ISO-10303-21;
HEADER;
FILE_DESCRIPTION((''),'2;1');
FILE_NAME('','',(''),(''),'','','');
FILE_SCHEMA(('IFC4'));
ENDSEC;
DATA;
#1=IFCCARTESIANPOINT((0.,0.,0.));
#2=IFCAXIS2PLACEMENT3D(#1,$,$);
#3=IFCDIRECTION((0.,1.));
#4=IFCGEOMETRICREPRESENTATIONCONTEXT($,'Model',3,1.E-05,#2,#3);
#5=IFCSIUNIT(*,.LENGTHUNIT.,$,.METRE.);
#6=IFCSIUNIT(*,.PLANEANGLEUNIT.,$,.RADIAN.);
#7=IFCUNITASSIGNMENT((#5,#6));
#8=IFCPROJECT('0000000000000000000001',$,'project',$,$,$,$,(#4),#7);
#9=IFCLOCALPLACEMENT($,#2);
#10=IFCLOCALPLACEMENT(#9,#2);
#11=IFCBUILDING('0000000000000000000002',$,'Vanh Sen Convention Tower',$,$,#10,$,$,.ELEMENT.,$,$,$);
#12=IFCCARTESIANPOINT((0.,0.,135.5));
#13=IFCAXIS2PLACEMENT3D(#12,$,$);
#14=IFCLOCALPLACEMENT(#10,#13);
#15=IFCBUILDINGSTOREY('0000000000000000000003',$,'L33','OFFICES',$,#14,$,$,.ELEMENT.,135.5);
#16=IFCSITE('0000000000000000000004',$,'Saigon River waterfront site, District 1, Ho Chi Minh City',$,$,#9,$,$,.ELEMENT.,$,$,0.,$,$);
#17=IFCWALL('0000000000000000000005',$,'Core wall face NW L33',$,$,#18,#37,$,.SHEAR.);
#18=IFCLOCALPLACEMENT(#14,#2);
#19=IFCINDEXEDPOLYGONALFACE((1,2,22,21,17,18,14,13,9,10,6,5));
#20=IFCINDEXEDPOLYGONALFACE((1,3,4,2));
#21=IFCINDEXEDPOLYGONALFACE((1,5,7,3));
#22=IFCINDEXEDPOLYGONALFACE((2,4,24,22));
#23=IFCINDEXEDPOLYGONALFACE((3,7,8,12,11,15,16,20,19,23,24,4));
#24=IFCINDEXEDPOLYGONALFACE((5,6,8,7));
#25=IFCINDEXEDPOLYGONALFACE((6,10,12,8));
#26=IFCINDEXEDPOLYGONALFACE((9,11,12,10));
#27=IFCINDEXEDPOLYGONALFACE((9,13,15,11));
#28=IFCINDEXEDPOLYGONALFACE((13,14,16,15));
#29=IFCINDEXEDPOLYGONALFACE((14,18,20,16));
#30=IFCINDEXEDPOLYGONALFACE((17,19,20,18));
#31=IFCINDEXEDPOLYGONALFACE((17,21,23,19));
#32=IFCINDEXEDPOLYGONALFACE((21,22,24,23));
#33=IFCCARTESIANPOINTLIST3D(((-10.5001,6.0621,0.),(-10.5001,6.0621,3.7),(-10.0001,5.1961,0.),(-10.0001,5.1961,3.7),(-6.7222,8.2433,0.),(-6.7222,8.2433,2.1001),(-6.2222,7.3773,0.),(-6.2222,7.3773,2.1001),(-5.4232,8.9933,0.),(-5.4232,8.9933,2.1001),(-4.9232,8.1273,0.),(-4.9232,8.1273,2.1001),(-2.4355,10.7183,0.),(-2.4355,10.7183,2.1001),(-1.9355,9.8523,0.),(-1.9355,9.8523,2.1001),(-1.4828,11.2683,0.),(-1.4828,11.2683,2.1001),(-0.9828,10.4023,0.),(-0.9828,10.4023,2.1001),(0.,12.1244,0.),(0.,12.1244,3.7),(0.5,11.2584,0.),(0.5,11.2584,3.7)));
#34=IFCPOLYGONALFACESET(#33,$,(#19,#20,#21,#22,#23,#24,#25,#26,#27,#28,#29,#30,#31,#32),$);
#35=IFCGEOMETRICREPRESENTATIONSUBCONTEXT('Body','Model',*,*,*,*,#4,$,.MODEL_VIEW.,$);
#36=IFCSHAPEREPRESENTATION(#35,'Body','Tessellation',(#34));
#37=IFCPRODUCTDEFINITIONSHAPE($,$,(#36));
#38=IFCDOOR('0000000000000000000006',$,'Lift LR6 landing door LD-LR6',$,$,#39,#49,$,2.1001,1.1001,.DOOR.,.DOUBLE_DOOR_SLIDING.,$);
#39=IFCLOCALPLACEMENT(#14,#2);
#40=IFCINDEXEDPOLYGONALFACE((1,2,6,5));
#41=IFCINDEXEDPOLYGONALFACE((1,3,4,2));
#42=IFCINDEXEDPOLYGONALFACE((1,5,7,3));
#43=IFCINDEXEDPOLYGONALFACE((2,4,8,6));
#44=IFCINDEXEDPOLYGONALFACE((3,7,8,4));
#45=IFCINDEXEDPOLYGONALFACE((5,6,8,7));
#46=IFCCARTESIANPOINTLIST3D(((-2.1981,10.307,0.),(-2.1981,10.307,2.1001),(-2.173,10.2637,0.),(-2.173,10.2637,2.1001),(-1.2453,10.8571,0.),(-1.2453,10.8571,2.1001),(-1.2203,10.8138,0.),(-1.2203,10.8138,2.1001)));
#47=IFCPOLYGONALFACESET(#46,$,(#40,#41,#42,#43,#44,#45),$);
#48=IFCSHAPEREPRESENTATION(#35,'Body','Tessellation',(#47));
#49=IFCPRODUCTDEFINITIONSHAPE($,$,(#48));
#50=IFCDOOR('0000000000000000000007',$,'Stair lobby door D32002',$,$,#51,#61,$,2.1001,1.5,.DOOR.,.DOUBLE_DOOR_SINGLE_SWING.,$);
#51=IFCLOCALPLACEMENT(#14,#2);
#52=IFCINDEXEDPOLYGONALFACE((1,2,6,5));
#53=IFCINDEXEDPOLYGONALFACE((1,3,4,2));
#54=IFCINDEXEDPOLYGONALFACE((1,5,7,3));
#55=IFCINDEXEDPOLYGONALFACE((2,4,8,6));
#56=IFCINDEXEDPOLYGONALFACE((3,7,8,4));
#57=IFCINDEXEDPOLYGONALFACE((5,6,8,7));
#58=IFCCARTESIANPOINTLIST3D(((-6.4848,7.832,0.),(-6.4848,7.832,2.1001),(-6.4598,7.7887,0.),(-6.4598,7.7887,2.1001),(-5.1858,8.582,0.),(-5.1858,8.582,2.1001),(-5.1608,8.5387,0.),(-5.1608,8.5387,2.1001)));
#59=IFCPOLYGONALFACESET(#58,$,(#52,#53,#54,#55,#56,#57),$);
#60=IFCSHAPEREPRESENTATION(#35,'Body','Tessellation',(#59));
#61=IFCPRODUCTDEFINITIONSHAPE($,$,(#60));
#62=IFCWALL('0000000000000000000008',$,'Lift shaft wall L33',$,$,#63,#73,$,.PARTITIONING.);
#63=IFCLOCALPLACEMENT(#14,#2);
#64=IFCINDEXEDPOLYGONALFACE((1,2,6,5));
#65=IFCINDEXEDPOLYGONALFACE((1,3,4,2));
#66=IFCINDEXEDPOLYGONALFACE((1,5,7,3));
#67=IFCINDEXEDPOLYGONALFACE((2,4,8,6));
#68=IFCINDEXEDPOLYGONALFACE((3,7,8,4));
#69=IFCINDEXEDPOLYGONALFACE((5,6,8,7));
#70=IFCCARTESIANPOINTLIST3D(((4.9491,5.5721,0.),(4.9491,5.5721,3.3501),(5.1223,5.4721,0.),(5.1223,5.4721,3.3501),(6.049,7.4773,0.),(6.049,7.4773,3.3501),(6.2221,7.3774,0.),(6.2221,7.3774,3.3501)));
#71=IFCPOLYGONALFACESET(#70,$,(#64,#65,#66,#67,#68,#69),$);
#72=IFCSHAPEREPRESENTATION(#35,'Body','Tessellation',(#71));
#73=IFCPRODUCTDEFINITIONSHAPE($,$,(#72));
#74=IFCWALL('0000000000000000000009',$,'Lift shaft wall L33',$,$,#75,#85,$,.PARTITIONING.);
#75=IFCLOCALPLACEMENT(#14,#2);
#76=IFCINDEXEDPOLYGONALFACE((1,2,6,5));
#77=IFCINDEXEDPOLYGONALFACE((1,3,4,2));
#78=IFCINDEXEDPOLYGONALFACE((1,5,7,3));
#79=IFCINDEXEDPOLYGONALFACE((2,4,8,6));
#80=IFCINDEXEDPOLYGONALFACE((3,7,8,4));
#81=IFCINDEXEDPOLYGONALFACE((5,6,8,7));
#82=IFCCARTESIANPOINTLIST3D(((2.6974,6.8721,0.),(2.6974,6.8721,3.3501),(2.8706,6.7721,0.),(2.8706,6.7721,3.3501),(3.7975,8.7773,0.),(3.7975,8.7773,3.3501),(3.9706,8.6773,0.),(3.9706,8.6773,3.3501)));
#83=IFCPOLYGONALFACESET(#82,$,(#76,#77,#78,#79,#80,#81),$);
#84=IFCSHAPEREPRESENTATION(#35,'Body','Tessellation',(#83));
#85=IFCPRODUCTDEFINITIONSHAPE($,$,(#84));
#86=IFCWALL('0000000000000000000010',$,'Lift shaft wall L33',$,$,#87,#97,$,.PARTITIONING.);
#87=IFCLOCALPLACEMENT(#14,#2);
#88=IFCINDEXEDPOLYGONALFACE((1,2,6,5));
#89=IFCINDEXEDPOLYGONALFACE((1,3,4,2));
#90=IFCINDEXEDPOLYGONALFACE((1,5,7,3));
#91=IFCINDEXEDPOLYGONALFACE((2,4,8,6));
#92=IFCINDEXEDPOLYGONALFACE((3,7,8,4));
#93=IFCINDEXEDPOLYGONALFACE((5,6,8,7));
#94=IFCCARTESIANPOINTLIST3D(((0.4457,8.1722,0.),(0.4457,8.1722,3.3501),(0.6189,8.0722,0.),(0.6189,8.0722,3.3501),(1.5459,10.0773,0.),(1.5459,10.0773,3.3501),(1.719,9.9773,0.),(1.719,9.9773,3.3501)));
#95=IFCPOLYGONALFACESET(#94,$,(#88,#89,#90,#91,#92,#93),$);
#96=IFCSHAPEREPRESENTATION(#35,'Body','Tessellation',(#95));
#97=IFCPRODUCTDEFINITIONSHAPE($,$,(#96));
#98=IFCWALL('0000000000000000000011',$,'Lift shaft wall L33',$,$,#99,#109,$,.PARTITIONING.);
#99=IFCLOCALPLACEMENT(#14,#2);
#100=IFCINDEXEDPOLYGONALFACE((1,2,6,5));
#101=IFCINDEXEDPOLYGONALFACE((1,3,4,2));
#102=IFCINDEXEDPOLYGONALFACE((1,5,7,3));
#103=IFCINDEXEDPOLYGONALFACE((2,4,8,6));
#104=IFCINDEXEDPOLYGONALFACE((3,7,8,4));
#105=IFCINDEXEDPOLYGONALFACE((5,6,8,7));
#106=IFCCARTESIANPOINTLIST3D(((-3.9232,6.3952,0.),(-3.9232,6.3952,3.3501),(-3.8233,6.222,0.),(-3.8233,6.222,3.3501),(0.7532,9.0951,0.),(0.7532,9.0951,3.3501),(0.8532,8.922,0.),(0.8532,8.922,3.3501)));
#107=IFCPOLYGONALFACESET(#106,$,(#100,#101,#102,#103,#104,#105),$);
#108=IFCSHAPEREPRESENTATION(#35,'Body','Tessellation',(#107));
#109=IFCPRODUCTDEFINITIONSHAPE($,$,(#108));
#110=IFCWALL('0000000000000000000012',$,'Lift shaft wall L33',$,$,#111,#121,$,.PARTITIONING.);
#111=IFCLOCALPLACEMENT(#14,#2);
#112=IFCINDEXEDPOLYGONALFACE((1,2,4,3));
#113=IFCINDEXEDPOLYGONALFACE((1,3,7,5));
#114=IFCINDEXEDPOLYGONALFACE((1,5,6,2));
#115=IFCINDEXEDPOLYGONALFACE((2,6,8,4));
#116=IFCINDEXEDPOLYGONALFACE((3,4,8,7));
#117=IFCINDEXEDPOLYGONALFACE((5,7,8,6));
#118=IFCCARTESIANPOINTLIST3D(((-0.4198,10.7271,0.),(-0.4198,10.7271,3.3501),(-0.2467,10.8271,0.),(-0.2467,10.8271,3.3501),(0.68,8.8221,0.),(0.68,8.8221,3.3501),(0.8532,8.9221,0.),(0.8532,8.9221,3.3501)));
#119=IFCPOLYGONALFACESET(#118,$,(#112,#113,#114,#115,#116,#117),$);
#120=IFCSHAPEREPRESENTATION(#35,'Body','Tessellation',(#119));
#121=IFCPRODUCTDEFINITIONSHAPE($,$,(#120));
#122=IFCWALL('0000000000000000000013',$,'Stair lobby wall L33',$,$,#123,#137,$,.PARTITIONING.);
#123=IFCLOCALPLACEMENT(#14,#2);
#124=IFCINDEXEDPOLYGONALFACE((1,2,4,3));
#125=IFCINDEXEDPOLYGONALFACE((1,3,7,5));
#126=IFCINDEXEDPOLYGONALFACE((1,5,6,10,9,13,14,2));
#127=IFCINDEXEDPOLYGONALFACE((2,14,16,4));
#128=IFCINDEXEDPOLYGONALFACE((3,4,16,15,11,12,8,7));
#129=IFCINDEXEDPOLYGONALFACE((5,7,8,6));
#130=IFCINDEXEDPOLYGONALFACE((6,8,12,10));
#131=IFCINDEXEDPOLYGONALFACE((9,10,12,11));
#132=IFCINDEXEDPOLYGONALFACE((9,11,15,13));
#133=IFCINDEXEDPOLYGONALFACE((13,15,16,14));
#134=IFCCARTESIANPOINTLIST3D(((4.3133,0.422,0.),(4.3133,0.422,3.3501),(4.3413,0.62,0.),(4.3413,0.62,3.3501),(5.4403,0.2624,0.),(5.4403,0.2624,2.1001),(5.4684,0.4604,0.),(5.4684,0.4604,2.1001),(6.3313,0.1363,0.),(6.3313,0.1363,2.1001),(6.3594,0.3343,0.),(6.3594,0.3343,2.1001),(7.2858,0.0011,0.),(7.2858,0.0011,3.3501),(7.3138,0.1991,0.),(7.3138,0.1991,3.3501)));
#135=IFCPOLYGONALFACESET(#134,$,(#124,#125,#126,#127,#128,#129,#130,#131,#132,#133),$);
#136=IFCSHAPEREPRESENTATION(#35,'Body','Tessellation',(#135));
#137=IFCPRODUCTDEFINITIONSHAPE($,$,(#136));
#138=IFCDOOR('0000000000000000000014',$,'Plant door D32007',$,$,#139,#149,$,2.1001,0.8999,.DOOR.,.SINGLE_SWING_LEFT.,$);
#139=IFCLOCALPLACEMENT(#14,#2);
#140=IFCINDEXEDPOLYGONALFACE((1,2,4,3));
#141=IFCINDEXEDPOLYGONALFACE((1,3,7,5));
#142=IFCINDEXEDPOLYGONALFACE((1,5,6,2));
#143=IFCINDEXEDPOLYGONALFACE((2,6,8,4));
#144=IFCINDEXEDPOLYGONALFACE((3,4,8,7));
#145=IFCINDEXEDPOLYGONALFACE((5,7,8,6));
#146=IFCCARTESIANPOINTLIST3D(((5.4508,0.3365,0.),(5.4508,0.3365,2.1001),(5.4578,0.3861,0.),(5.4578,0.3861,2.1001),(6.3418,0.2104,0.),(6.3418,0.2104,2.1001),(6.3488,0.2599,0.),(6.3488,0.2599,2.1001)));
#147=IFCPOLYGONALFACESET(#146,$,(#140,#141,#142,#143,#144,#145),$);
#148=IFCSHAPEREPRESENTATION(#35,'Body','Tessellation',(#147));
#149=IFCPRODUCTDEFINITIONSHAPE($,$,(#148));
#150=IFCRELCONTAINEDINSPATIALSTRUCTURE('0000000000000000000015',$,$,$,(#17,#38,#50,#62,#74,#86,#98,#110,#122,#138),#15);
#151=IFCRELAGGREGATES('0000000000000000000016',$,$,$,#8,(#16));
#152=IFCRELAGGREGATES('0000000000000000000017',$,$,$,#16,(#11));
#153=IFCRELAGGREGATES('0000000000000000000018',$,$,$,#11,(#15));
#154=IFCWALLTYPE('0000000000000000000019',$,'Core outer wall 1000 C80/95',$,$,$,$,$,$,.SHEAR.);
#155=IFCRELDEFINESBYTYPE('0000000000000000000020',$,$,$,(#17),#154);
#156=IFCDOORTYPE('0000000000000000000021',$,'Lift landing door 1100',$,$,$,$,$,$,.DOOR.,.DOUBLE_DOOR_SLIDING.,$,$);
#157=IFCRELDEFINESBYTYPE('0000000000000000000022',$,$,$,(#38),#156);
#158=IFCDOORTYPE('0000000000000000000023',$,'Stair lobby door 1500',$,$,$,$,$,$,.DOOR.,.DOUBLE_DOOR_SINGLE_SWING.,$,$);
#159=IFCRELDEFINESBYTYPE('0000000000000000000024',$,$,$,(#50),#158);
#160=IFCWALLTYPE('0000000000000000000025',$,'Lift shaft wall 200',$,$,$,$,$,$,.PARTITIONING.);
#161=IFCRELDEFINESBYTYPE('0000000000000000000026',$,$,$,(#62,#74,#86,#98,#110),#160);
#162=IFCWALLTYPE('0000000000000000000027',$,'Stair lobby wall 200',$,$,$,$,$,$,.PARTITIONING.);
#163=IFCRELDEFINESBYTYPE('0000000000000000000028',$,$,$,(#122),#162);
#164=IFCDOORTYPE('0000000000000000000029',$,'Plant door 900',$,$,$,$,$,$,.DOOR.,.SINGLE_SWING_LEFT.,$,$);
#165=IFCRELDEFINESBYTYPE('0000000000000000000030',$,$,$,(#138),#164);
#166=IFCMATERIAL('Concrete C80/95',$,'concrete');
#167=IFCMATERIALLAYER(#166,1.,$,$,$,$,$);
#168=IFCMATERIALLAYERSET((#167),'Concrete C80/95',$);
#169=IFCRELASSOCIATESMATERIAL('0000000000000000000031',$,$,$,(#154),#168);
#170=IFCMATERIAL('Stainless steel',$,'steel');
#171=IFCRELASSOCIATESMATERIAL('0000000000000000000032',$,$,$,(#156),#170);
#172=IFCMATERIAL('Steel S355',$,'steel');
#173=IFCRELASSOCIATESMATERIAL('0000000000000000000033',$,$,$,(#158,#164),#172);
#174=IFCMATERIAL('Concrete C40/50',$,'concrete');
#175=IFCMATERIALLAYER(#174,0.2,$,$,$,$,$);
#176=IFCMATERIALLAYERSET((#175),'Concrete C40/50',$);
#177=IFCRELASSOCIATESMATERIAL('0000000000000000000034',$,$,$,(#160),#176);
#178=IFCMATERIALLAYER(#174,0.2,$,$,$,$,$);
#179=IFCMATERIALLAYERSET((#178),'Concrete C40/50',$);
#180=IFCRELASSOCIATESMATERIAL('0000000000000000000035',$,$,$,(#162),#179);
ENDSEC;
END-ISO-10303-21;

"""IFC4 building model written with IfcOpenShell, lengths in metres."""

from ifc_helpers import new_model, si_unit, direction, frame, frame_2d, origin, place, context, subcontext, project, spatial, rectangle, extrude, material, layer, layer_set, type_object, element, fill, save


model = new_model("IFC4")

# Units and contexts
model_context = context("Model", 3, precision=1e-05, world=origin(), true_north=direction((0.0, 1.0)))
body_context = subcontext(model_context, "Body", "Model", "MODEL_VIEW")
ifc_project = project(units=[si_unit("LENGTHUNIT", "METRE"), si_unit("PLANEANGLEUNIT", "RADIAN")], contexts=[model_context])

# Site, building, storey
site_placement = place(None, origin())
site = spatial("IfcSite", under=ifc_project, at=site_placement, Name="Saigon River waterfront site, District 1, Ho Chi Minh City", CompositionType="ELEMENT", RefElevation=0.0)
building_placement = place(site_placement, origin())
building = spatial("IfcBuilding", under=site, at=building_placement, Name="Vanh Sen Convention Tower", CompositionType="ELEMENT")
storey_placement = place(building_placement, frame((0.0, 0.0, 135.5)))
storey = spatial("IfcBuildingStorey", under=building, at=storey_placement, Name="L33", Description="OFFICES", CompositionType="ELEMENT", Elevation=135.5)

# Wall, openings, doors
ifc_material_1 = material(Name="Concrete C80/95", Category="concrete")
ifc_layer_1 = layer(ifc_material_1, 1.0)
ifc_layer_set_1 = layer_set([ifc_layer_1], Name="Concrete C80/95")
wall_type_1 = type_object("IfcWallType", Name="Core outer wall 1000 C80/95", PredefinedType="SHEAR", material=ifc_layer_set_1)
wall_1_placement = place(storey_placement, frame((0.25, 11.6914, 0.0), z_axis=(0.0, 0.0, 1.0), x_axis=(-0.866023, -0.500005, 0.0)))
wall_1 = element("IfcWall", 1, at=wall_1_placement, inside=storey, type_object=wall_type_1, Name="Core wall face NW L33", PredefinedType="SHEAR", context=body_context, shape_type="SweptSolid", body=[
    extrude(rectangle(XDim=12.1245, YDim=1.0, at=frame_2d((6.0623, 0.0))), origin(), (0.0, 0.0, 1.0), 3.7),
])
opening_1_placement = place(wall_1_placement, frame((6.2622, 0.0, 0.0)))
opening_1 = element("IfcOpeningElement", 2, at=opening_1_placement, cuts=wall_1, PredefinedType="OPENING", context=body_context, shape_type="SweptSolid", body=[
    extrude(rectangle(XDim=1.5, YDim=2.1001, at=frame_2d((0.75, 1.05))), frame((0.0, 0.51, 0.0), z_axis=(0.0, -1.0, 0.0), x_axis=(1.0, 0.0, 0.0)), (0.0, 0.0, 1.0), 1.02),
])
opening_2_placement = place(wall_1_placement, frame((1.7122, 0.0, 0.0)))
opening_2 = element("IfcOpeningElement", 3, at=opening_2_placement, cuts=wall_1, PredefinedType="OPENING", context=body_context, shape_type="SweptSolid", body=[
    extrude(rectangle(XDim=1.1001, YDim=2.1001, at=frame_2d((0.55, 1.05))), frame((0.0, 0.51, 0.0), z_axis=(0.0, -1.0, 0.0), x_axis=(1.0, 0.0, 0.0)), (0.0, 0.0, 1.0), 1.02),
])
ifc_material_2 = material(Name="Stainless steel", Category="steel")
door_type_1 = type_object("IfcDoorType", Name="Lift landing door 1100", OperationType="DOUBLE_DOOR_SLIDING", PredefinedType="DOOR", material=ifc_material_2)
door_1_placement = place(opening_2_placement, origin())
door_1 = element("IfcDoor", 4, at=door_1_placement, inside=storey, type_object=door_type_1, Name="Lift LR6 landing door LD-LR6", OperationType="DOUBLE_DOOR_SLIDING", OverallHeight=2.1001, OverallWidth=1.1001, PredefinedType="DOOR", context=body_context, shape_type="SweptSolid", body=[
    extrude(rectangle(XDim=1.1001, YDim=2.1001, at=frame_2d((0.55, 1.05))), frame((0.0, 0.0249, 0.0), z_axis=(0.0, -1.0, 0.0), x_axis=(1.0, 0.0, 0.0)), (0.0, 0.0, 1.0), 0.05),
])
fill(opening_2, door_1)
ifc_material_3 = material(Name="Steel S355", Category="steel")
door_type_2 = type_object("IfcDoorType", Name="Stair lobby door 1500", OperationType="DOUBLE_DOOR_SINGLE_SWING", PredefinedType="DOOR", material=ifc_material_3)
door_2_placement = place(opening_1_placement, origin())
door_2 = element("IfcDoor", 5, at=door_2_placement, inside=storey, type_object=door_type_2, Name="Stair lobby door D32002", OperationType="DOUBLE_DOOR_SINGLE_SWING", OverallHeight=2.1001, OverallWidth=1.5, PredefinedType="DOOR", context=body_context, shape_type="SweptSolid", body=[
    extrude(rectangle(XDim=1.5, YDim=2.1001, at=frame_2d((0.75, 1.05))), frame((0.0, 0.0249, 0.0), z_axis=(0.0, -1.0, 0.0), x_axis=(1.0, 0.0, 0.0)), (0.0, 0.0, 1.0), 0.05),
])
fill(opening_1, door_2)

# Walls
ifc_material_4 = material(Name="Concrete C40/50", Category="concrete")
ifc_layer_2 = layer(ifc_material_4, 0.2)
ifc_layer_set_2 = layer_set([ifc_layer_2], Name="Concrete C40/50")
wall_type_2 = type_object("IfcWallType", Name="Lift shaft wall 200", PredefinedType="PARTITIONING", material=ifc_layer_set_2)
for number, where, z_axis, x_axis, name in (
    (6, (5.0356, 5.522, 0.0), (0.0, 0.0, 1.0), (0.499947, 0.866056, 0.0), "Lift shaft wall L33"),
    (7, (2.7839, 6.822, 0.0), (0.0, 0.0, 1.0), (0.50003, 0.866008, 0.0), "Lift shaft wall L33"),
    (8, (0.5322, 8.1221, 0.0), (0.0, 0.0, 1.0), (0.500078, 0.86598, 0.0), "Lift shaft wall L33"),
):
    element("IfcWall", number, at=place(storey_placement, frame(where, z_axis=z_axis, x_axis=x_axis)), inside=storey, type_object=wall_type_2, Name=name, PredefinedType="PARTITIONING", context=body_context, shape_type="SweptSolid", body=[
        extrude(rectangle(XDim=2.2, YDim=0.2, at=frame_2d((1.1001, 0.0))), origin(), (0.0, 0.0, 1.0), 3.3501),
    ])
wall_2_placement = place(storey_placement, frame((0.8032, 9.0085, 0.0), z_axis=(0.0, 0.0, 1.0), x_axis=(-0.866028, -0.499995, 0.0)))
element("IfcWall", 9, at=wall_2_placement, inside=storey, type_object=wall_type_2, Name="Lift shaft wall L33", PredefinedType="PARTITIONING", context=body_context, shape_type="SweptSolid", body=[
    extrude(rectangle(XDim=5.3999, YDim=0.2, at=frame_2d((2.7, 0.0))), origin(), (0.0, 0.0, 1.0), 3.3501),
])
wall_3_placement = place(storey_placement, frame((0.7666, 8.8721, 0.0), z_axis=(0.0, 0.0, 1.0), x_axis=(-0.499995, 0.866028, 0.0)))
element("IfcWall", 10, at=wall_3_placement, inside=storey, type_object=wall_type_2, Name="Lift shaft wall L33", PredefinedType="PARTITIONING", context=body_context, shape_type="SweptSolid", body=[
    extrude(rectangle(XDim=2.1997, YDim=0.2, at=frame_2d((1.0999, 0.0))), origin(), (0.0, 0.0, 1.0), 3.3501),
])

# Wall, opening, door
ifc_layer_3 = layer(ifc_material_4, 0.2)
ifc_layer_set_3 = layer_set([ifc_layer_3], Name="Concrete C40/50")
wall_type_3 = type_object("IfcWallType", Name="Stair lobby wall 200", PredefinedType="PARTITIONING", material=ifc_layer_set_3)
wall_4_placement = place(storey_placement, frame((4.3274, 0.521, 0.0), z_axis=(0.0, 0.0, 1.0), x_axis=(0.990124, -0.140192, 0.0)))
wall_4 = element("IfcWall", 11, at=wall_4_placement, inside=storey, type_object=wall_type_3, Name="Stair lobby wall L33", PredefinedType="PARTITIONING", context=body_context, shape_type="SweptSolid", body=[
    extrude(rectangle(XDim=3.0022, YDim=0.2, at=frame_2d((1.501, 0.0))), origin(), (0.0, 0.0, 1.0), 3.3501),
])
opening_3_placement = place(wall_4_placement, frame((1.1382, 0.0, 0.0)))
opening_3 = element("IfcOpeningElement", 12, at=opening_3_placement, cuts=wall_4, PredefinedType="OPENING", context=body_context, shape_type="SweptSolid", body=[
    extrude(rectangle(XDim=0.8999, YDim=2.1001, at=frame_2d((0.45, 1.05))), frame((0.0, 0.1099, 0.0), z_axis=(0.0, -1.0, 0.0), x_axis=(1.0, 0.0, 0.0)), (0.0, 0.0, 1.0), 0.22),
])
door_type_3 = type_object("IfcDoorType", Name="Plant door 900", OperationType="SINGLE_SWING_LEFT", PredefinedType="DOOR", material=ifc_material_3)
door_3_placement = place(opening_3_placement, origin())
door_3 = element("IfcDoor", 13, at=door_3_placement, inside=storey, type_object=door_type_3, Name="Plant door D32007", OperationType="SINGLE_SWING_LEFT", OverallHeight=2.1001, OverallWidth=0.8999, PredefinedType="DOOR", context=body_context, shape_type="SweptSolid", body=[
    extrude(rectangle(XDim=0.8999, YDim=2.1001, at=frame_2d((0.45, 1.05))), frame((0.0, 0.0249, 0.0), z_axis=(0.0, -1.0, 0.0), x_axis=(1.0, 0.0, 0.0)), (0.0, 0.0, 1.0), 0.05),
])
fill(opening_3, door_3)

save(model, "model.ifc")
